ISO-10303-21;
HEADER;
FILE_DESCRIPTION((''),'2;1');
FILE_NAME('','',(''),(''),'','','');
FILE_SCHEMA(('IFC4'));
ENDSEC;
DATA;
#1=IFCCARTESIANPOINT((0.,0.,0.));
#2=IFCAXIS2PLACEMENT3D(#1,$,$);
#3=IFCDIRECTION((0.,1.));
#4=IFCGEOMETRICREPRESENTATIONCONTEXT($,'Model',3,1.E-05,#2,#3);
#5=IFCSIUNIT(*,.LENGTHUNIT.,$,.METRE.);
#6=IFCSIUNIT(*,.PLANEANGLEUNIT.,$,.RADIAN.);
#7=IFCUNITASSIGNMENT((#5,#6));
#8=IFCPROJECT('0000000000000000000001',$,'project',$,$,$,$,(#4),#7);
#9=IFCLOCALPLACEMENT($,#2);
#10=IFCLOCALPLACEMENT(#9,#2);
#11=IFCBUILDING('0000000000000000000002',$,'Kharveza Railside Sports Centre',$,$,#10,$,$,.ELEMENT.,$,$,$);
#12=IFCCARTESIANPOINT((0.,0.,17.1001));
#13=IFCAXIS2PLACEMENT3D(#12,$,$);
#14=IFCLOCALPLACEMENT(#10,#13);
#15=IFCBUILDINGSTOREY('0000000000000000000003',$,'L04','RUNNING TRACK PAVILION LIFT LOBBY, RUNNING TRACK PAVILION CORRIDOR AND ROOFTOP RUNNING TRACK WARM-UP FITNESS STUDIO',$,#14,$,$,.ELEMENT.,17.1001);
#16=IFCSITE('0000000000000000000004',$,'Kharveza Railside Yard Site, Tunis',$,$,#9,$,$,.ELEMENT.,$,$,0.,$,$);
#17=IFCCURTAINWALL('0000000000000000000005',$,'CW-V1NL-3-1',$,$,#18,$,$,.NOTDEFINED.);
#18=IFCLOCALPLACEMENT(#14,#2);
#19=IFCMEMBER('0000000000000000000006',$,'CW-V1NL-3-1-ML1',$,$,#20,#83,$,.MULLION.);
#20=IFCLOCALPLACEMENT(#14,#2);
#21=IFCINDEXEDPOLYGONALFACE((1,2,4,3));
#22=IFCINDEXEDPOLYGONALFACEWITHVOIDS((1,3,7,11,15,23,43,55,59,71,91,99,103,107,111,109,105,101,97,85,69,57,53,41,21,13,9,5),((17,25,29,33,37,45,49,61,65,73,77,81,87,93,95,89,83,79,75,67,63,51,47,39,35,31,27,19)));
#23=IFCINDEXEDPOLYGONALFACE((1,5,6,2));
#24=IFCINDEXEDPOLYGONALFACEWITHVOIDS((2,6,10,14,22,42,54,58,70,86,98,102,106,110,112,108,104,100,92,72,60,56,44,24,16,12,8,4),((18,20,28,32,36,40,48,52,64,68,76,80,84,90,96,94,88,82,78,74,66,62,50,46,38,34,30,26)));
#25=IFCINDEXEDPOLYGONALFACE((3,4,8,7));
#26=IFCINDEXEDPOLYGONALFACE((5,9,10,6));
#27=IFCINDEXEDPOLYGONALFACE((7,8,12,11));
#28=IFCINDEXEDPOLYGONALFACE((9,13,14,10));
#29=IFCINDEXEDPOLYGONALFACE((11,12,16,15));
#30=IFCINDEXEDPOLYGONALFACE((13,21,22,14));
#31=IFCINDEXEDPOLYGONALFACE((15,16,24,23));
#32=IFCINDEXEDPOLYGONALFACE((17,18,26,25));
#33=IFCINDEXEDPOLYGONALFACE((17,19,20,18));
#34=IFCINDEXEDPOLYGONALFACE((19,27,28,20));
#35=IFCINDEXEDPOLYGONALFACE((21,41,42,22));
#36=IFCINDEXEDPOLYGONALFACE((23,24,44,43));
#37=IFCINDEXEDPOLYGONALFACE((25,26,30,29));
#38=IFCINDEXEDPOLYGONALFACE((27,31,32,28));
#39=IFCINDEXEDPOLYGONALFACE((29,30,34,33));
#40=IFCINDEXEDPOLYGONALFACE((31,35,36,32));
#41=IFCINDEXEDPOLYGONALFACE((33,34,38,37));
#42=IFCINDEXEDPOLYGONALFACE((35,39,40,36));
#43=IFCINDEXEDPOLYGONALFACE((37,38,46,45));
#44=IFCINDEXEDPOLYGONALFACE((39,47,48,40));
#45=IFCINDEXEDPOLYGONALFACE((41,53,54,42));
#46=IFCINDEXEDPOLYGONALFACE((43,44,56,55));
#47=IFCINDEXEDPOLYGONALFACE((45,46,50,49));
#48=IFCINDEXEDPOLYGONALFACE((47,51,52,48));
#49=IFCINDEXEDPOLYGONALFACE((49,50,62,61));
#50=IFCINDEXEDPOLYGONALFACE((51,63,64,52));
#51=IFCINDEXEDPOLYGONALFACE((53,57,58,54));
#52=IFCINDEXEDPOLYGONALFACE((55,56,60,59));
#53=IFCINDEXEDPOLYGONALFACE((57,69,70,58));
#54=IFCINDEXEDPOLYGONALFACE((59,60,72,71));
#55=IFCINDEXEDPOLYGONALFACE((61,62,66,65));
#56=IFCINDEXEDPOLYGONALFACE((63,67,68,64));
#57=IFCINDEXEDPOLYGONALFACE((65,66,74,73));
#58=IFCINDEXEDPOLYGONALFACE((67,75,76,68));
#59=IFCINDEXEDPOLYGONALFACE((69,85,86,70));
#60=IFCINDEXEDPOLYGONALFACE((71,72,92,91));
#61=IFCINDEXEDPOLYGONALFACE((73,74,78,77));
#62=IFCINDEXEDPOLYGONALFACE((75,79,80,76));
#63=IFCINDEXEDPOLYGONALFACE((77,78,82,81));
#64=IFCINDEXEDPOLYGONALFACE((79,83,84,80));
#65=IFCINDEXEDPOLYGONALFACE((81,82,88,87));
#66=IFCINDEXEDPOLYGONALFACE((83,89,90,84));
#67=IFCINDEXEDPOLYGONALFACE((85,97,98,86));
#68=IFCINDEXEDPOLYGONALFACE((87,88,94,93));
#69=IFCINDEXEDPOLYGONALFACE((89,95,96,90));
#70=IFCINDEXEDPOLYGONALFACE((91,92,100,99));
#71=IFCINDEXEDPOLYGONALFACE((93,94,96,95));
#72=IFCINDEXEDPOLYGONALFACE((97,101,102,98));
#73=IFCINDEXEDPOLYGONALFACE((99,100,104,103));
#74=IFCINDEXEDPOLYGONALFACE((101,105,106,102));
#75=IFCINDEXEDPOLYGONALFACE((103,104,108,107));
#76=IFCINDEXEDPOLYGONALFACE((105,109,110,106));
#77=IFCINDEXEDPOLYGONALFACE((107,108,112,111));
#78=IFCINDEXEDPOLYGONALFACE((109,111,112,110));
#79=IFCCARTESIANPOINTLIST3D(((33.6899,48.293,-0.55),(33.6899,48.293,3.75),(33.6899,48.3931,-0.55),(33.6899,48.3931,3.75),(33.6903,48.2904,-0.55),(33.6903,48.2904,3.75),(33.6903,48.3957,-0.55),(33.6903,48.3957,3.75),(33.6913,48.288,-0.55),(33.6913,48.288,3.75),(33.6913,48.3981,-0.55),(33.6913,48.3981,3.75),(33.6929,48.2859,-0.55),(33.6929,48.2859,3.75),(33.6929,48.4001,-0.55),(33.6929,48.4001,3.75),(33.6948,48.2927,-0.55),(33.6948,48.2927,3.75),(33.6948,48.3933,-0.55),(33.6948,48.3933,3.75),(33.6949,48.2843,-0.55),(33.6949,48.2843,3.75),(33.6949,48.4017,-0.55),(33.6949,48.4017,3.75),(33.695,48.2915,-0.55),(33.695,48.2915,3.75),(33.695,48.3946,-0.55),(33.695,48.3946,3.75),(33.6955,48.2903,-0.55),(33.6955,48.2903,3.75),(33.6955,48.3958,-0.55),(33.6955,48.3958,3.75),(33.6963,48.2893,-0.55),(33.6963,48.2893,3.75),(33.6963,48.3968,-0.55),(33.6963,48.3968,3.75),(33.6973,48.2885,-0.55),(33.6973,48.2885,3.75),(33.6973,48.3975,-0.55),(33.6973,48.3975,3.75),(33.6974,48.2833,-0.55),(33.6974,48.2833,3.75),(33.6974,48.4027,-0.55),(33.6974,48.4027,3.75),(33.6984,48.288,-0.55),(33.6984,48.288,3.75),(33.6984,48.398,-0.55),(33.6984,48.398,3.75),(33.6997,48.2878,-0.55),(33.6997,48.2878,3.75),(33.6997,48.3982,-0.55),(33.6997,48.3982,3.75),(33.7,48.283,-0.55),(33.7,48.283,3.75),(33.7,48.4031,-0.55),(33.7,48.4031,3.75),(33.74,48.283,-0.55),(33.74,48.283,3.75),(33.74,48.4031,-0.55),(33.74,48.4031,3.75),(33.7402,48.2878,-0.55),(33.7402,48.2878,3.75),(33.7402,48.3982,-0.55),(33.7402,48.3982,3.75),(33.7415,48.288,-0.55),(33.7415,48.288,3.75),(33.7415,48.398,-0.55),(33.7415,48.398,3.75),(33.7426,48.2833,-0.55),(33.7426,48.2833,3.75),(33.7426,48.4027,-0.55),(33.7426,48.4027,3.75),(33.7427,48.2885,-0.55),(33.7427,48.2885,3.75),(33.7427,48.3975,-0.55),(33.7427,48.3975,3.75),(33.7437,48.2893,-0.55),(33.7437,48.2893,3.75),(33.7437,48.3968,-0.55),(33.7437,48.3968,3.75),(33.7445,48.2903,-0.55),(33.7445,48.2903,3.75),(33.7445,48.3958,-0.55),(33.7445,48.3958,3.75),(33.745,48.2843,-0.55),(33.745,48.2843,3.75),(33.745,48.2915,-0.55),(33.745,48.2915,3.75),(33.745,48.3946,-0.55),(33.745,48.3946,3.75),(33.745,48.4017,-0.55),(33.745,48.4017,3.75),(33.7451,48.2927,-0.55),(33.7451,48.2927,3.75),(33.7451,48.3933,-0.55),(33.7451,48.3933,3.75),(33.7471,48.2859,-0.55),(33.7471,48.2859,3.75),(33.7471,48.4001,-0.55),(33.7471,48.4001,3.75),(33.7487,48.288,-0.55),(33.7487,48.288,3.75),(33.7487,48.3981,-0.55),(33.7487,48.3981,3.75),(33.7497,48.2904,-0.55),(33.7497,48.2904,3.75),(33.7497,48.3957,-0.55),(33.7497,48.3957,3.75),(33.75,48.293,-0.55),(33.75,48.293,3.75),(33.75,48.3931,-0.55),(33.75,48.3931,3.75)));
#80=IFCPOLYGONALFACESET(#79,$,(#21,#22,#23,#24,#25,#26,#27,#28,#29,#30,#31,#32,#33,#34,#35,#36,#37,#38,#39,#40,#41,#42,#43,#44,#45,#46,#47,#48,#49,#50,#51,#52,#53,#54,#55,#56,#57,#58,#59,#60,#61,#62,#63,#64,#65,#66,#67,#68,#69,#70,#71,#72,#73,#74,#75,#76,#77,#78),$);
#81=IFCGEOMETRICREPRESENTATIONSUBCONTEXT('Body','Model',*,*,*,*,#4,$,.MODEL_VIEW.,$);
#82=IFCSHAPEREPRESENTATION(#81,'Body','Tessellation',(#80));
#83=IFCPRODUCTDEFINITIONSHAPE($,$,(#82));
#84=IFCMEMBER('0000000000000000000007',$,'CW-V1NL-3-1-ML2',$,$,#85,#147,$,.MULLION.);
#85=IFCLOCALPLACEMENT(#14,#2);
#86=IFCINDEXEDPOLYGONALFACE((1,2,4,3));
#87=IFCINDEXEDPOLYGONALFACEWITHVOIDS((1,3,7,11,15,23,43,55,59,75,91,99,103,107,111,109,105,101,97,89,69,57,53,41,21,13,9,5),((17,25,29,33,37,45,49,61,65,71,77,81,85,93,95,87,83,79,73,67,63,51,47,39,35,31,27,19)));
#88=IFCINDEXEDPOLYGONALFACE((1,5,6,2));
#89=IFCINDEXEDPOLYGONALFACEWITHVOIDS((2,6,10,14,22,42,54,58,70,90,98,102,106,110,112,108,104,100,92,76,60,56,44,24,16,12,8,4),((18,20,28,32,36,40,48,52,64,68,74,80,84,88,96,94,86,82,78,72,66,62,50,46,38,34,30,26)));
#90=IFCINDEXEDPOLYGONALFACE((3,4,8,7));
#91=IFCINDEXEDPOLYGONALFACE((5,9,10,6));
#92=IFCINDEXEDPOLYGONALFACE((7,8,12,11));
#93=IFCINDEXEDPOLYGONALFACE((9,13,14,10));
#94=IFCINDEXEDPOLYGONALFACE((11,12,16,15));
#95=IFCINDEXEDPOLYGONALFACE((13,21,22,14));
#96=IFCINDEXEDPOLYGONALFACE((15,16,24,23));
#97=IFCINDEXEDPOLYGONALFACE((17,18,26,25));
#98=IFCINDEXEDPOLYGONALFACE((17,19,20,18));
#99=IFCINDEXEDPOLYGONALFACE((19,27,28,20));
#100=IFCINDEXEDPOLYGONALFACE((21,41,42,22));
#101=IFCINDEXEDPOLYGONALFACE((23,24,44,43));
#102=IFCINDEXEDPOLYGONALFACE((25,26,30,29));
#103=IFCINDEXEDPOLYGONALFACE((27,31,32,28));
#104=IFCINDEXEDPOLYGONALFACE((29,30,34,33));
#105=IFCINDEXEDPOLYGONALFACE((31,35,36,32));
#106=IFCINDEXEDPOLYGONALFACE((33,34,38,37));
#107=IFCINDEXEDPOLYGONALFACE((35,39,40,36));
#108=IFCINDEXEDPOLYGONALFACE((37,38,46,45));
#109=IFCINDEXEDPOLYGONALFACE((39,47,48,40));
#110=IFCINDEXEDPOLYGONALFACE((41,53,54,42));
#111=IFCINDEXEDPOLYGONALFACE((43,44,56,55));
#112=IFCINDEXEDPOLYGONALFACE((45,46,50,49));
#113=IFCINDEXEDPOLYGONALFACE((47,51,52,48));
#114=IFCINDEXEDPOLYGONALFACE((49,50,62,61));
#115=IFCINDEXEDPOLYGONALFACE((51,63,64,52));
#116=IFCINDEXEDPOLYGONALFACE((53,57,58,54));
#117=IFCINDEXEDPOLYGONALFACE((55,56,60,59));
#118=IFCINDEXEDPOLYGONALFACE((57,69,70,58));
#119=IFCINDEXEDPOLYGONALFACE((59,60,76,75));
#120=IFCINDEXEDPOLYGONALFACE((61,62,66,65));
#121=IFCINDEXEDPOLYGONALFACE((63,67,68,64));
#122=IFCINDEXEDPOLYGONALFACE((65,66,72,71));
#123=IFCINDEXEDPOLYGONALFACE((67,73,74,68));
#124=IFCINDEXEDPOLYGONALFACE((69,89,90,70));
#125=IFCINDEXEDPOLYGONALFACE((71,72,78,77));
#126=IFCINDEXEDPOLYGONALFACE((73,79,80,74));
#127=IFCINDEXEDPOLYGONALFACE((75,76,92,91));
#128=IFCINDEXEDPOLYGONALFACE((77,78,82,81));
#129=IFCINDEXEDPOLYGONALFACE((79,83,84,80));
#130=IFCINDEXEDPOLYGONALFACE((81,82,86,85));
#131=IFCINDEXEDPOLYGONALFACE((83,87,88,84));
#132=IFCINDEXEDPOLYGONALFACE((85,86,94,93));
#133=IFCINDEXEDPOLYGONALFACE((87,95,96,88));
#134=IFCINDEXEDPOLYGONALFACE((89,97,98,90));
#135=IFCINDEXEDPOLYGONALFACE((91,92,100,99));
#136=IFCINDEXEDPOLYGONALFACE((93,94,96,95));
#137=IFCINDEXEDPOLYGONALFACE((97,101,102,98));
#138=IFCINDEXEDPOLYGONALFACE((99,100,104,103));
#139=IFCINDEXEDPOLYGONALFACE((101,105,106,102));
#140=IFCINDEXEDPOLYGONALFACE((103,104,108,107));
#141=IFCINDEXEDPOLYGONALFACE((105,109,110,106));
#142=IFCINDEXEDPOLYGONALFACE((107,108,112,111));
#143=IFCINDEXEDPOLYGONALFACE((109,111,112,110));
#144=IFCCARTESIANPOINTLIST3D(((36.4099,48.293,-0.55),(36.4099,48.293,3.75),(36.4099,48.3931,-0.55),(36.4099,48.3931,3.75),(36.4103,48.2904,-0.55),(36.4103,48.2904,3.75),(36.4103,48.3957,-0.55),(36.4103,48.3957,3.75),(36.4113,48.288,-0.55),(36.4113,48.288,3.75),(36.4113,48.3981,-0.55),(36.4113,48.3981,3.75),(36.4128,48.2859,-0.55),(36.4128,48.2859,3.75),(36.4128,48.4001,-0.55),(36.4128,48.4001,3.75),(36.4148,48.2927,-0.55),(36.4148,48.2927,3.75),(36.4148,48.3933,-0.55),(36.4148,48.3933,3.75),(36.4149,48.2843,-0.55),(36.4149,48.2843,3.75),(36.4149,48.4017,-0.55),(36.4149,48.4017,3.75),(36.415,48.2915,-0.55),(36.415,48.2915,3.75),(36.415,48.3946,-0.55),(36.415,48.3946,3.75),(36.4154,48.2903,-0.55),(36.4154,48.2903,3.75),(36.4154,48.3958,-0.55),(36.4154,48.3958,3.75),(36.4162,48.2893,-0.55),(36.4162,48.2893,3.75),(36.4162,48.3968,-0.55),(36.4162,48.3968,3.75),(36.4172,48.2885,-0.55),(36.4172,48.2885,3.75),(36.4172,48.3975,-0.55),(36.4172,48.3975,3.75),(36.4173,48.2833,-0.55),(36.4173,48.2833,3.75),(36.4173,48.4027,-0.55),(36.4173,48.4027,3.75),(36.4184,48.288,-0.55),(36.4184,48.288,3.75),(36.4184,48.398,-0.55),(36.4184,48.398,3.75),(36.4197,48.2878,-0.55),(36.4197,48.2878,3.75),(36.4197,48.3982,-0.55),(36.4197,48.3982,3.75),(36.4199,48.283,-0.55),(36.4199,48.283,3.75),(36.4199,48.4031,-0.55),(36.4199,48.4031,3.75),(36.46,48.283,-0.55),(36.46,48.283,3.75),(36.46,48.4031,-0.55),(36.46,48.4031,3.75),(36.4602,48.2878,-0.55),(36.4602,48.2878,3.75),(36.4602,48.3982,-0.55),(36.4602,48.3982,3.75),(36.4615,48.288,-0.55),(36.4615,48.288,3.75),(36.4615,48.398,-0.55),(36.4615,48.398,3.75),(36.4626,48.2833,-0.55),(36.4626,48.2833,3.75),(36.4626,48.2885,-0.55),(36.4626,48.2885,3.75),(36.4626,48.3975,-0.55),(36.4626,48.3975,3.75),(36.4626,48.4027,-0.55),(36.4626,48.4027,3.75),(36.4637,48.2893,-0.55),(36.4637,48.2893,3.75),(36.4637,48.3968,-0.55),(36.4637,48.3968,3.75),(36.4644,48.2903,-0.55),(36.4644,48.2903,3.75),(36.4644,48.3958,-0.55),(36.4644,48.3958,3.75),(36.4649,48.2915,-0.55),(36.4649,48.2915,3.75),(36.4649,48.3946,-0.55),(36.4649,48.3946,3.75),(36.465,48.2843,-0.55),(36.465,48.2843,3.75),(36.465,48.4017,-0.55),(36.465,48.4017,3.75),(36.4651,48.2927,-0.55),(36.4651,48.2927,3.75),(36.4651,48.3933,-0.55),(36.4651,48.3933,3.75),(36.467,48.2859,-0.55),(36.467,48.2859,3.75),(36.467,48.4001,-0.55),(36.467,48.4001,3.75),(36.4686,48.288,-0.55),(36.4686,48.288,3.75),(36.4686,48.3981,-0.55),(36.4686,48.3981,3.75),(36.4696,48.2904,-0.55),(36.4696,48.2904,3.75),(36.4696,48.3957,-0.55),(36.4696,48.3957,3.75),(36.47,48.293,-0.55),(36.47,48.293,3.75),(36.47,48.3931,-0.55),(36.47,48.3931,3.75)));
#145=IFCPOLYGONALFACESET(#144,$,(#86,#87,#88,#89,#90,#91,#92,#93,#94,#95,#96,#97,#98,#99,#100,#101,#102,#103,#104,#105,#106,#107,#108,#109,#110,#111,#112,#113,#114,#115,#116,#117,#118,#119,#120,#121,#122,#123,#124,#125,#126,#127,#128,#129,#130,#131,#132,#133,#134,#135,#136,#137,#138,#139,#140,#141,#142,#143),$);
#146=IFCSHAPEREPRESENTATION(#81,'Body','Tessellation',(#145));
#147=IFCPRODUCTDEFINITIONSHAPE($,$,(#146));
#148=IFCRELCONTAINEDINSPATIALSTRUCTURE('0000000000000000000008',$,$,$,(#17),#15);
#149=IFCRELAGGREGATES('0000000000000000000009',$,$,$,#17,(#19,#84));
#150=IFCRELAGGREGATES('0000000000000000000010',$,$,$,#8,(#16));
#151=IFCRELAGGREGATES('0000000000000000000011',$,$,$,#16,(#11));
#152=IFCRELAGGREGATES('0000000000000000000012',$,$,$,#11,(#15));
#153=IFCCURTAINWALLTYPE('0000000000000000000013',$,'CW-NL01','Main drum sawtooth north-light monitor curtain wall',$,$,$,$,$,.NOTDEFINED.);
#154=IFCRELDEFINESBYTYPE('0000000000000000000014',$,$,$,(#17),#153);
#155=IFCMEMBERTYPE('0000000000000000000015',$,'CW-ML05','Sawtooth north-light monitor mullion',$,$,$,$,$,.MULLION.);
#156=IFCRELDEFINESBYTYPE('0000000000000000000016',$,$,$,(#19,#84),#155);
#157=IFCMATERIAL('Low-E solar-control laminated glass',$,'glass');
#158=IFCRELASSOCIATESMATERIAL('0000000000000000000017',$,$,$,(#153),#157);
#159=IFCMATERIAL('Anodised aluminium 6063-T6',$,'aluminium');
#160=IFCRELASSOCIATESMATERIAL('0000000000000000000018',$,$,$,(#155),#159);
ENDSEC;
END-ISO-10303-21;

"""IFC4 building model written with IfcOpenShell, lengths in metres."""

from ifc_helpers import new_model, si_unit, direction, frame, origin, origin_2d, place, context, subcontext, project, spatial, hollow_rectangle, extrude, material, material_profile, profile_set, type_object, element, aggregate, save


model = new_model("IFC4")

# Units and contexts
model_context = context("Model", 3, precision=1e-05, world=origin(), true_north=direction((0.0, 1.0)))
body_context = subcontext(model_context, "Body", "Model", "MODEL_VIEW")
ifc_project = project(units=[si_unit("LENGTHUNIT", "METRE"), si_unit("PLANEANGLEUNIT", "RADIAN")], contexts=[model_context])

# Site, building, storey
site_placement = place(None, origin())
site = spatial("IfcSite", under=ifc_project, at=site_placement, Name="Kharveza Railside Yard Site, Tunis", CompositionType="ELEMENT", RefElevation=0.0)
building_placement = place(site_placement, origin())
building = spatial("IfcBuilding", under=site, at=building_placement, Name="Kharveza Railside Sports Centre", CompositionType="ELEMENT")
storey_placement = place(building_placement, frame((0.0, 0.0, 17.1001)))
storey = spatial("IfcBuildingStorey", under=building, at=storey_placement, Name="L04", Description="RUNNING TRACK PAVILION LIFT LOBBY, RUNNING TRACK PAVILION CORRIDOR AND ROOFTOP RUNNING TRACK WARM-UP FITNESS STUDIO", CompositionType="ELEMENT", Elevation=17.1001)

# Curtain wall, members
ifc_material_1 = material(Name="Low-E solar-control laminated glass", Category="glass")
curtain_wall_type = type_object("IfcCurtainWallType", Name="CW-NL01", Description="Main drum sawtooth north-light monitor curtain wall", PredefinedType="NOTDEFINED", material=ifc_material_1)
curtain_wall_1_placement = place(storey_placement, origin())
curtain_wall_1 = element("IfcCurtainWall", 1, at=curtain_wall_1_placement, inside=storey, type_object=curtain_wall_type, Name="CW-V1NL-3-1", PredefinedType="NOTDEFINED")
ifc_material_2 = material(Name="Anodised aluminium 6063-T6", Category="aluminium")
ifc_material_profile_1 = material_profile(ifc_material_2, hollow_rectangle(XDim=0.0601, YDim=0.1201, WallThickness=0.0049, InnerFilletRadius=0.0049, OuterFilletRadius=0.01, at=origin_2d()), Name="RHS 60x120x5.0")
ifc_profile_set_1 = profile_set([ifc_material_profile_1], Name="Anodised aluminium 6063-T6")
member_type_1 = type_object("IfcMemberType", Name="CW-ML05", Description="Sawtooth north-light monitor mullion", PredefinedType="MULLION", material=ifc_profile_set_1)
member_1_placement = place(storey_placement, frame((33.72, 48.343, -0.55), z_axis=(0.0, 0.0, 1.0), x_axis=(1.0, 0.0, 0.0)))
member_1 = element("IfcMember", 2, at=member_1_placement, type_object=member_type_1, Name="CW-V1NL-3-1-ML1", PredefinedType="MULLION", context=body_context, shape_type="SweptSolid", body=[
    extrude(hollow_rectangle(XDim=0.0601, YDim=0.1201, WallThickness=0.0049, InnerFilletRadius=0.0049, OuterFilletRadius=0.01, at=origin_2d()), origin(), (0.0, 0.0, 1.0), 4.3),
])
member_2_placement = place(storey_placement, frame((36.4399, 48.343, -0.55), z_axis=(0.0, 0.0, 1.0), x_axis=(1.0, 0.0, 0.0)))
member_2 = element("IfcMember", 3, at=member_2_placement, type_object=member_type_1, Name="CW-V1NL-3-1-ML2", PredefinedType="MULLION", context=body_context, shape_type="SweptSolid", body=[
    extrude(hollow_rectangle(XDim=0.0601, YDim=0.1201, WallThickness=0.0049, InnerFilletRadius=0.0049, OuterFilletRadius=0.01, at=origin_2d()), origin(), (0.0, 0.0, 1.0), 4.3),
])

aggregate(curtain_wall_1, [member_1, member_2])

save(model, "model.ifc")
